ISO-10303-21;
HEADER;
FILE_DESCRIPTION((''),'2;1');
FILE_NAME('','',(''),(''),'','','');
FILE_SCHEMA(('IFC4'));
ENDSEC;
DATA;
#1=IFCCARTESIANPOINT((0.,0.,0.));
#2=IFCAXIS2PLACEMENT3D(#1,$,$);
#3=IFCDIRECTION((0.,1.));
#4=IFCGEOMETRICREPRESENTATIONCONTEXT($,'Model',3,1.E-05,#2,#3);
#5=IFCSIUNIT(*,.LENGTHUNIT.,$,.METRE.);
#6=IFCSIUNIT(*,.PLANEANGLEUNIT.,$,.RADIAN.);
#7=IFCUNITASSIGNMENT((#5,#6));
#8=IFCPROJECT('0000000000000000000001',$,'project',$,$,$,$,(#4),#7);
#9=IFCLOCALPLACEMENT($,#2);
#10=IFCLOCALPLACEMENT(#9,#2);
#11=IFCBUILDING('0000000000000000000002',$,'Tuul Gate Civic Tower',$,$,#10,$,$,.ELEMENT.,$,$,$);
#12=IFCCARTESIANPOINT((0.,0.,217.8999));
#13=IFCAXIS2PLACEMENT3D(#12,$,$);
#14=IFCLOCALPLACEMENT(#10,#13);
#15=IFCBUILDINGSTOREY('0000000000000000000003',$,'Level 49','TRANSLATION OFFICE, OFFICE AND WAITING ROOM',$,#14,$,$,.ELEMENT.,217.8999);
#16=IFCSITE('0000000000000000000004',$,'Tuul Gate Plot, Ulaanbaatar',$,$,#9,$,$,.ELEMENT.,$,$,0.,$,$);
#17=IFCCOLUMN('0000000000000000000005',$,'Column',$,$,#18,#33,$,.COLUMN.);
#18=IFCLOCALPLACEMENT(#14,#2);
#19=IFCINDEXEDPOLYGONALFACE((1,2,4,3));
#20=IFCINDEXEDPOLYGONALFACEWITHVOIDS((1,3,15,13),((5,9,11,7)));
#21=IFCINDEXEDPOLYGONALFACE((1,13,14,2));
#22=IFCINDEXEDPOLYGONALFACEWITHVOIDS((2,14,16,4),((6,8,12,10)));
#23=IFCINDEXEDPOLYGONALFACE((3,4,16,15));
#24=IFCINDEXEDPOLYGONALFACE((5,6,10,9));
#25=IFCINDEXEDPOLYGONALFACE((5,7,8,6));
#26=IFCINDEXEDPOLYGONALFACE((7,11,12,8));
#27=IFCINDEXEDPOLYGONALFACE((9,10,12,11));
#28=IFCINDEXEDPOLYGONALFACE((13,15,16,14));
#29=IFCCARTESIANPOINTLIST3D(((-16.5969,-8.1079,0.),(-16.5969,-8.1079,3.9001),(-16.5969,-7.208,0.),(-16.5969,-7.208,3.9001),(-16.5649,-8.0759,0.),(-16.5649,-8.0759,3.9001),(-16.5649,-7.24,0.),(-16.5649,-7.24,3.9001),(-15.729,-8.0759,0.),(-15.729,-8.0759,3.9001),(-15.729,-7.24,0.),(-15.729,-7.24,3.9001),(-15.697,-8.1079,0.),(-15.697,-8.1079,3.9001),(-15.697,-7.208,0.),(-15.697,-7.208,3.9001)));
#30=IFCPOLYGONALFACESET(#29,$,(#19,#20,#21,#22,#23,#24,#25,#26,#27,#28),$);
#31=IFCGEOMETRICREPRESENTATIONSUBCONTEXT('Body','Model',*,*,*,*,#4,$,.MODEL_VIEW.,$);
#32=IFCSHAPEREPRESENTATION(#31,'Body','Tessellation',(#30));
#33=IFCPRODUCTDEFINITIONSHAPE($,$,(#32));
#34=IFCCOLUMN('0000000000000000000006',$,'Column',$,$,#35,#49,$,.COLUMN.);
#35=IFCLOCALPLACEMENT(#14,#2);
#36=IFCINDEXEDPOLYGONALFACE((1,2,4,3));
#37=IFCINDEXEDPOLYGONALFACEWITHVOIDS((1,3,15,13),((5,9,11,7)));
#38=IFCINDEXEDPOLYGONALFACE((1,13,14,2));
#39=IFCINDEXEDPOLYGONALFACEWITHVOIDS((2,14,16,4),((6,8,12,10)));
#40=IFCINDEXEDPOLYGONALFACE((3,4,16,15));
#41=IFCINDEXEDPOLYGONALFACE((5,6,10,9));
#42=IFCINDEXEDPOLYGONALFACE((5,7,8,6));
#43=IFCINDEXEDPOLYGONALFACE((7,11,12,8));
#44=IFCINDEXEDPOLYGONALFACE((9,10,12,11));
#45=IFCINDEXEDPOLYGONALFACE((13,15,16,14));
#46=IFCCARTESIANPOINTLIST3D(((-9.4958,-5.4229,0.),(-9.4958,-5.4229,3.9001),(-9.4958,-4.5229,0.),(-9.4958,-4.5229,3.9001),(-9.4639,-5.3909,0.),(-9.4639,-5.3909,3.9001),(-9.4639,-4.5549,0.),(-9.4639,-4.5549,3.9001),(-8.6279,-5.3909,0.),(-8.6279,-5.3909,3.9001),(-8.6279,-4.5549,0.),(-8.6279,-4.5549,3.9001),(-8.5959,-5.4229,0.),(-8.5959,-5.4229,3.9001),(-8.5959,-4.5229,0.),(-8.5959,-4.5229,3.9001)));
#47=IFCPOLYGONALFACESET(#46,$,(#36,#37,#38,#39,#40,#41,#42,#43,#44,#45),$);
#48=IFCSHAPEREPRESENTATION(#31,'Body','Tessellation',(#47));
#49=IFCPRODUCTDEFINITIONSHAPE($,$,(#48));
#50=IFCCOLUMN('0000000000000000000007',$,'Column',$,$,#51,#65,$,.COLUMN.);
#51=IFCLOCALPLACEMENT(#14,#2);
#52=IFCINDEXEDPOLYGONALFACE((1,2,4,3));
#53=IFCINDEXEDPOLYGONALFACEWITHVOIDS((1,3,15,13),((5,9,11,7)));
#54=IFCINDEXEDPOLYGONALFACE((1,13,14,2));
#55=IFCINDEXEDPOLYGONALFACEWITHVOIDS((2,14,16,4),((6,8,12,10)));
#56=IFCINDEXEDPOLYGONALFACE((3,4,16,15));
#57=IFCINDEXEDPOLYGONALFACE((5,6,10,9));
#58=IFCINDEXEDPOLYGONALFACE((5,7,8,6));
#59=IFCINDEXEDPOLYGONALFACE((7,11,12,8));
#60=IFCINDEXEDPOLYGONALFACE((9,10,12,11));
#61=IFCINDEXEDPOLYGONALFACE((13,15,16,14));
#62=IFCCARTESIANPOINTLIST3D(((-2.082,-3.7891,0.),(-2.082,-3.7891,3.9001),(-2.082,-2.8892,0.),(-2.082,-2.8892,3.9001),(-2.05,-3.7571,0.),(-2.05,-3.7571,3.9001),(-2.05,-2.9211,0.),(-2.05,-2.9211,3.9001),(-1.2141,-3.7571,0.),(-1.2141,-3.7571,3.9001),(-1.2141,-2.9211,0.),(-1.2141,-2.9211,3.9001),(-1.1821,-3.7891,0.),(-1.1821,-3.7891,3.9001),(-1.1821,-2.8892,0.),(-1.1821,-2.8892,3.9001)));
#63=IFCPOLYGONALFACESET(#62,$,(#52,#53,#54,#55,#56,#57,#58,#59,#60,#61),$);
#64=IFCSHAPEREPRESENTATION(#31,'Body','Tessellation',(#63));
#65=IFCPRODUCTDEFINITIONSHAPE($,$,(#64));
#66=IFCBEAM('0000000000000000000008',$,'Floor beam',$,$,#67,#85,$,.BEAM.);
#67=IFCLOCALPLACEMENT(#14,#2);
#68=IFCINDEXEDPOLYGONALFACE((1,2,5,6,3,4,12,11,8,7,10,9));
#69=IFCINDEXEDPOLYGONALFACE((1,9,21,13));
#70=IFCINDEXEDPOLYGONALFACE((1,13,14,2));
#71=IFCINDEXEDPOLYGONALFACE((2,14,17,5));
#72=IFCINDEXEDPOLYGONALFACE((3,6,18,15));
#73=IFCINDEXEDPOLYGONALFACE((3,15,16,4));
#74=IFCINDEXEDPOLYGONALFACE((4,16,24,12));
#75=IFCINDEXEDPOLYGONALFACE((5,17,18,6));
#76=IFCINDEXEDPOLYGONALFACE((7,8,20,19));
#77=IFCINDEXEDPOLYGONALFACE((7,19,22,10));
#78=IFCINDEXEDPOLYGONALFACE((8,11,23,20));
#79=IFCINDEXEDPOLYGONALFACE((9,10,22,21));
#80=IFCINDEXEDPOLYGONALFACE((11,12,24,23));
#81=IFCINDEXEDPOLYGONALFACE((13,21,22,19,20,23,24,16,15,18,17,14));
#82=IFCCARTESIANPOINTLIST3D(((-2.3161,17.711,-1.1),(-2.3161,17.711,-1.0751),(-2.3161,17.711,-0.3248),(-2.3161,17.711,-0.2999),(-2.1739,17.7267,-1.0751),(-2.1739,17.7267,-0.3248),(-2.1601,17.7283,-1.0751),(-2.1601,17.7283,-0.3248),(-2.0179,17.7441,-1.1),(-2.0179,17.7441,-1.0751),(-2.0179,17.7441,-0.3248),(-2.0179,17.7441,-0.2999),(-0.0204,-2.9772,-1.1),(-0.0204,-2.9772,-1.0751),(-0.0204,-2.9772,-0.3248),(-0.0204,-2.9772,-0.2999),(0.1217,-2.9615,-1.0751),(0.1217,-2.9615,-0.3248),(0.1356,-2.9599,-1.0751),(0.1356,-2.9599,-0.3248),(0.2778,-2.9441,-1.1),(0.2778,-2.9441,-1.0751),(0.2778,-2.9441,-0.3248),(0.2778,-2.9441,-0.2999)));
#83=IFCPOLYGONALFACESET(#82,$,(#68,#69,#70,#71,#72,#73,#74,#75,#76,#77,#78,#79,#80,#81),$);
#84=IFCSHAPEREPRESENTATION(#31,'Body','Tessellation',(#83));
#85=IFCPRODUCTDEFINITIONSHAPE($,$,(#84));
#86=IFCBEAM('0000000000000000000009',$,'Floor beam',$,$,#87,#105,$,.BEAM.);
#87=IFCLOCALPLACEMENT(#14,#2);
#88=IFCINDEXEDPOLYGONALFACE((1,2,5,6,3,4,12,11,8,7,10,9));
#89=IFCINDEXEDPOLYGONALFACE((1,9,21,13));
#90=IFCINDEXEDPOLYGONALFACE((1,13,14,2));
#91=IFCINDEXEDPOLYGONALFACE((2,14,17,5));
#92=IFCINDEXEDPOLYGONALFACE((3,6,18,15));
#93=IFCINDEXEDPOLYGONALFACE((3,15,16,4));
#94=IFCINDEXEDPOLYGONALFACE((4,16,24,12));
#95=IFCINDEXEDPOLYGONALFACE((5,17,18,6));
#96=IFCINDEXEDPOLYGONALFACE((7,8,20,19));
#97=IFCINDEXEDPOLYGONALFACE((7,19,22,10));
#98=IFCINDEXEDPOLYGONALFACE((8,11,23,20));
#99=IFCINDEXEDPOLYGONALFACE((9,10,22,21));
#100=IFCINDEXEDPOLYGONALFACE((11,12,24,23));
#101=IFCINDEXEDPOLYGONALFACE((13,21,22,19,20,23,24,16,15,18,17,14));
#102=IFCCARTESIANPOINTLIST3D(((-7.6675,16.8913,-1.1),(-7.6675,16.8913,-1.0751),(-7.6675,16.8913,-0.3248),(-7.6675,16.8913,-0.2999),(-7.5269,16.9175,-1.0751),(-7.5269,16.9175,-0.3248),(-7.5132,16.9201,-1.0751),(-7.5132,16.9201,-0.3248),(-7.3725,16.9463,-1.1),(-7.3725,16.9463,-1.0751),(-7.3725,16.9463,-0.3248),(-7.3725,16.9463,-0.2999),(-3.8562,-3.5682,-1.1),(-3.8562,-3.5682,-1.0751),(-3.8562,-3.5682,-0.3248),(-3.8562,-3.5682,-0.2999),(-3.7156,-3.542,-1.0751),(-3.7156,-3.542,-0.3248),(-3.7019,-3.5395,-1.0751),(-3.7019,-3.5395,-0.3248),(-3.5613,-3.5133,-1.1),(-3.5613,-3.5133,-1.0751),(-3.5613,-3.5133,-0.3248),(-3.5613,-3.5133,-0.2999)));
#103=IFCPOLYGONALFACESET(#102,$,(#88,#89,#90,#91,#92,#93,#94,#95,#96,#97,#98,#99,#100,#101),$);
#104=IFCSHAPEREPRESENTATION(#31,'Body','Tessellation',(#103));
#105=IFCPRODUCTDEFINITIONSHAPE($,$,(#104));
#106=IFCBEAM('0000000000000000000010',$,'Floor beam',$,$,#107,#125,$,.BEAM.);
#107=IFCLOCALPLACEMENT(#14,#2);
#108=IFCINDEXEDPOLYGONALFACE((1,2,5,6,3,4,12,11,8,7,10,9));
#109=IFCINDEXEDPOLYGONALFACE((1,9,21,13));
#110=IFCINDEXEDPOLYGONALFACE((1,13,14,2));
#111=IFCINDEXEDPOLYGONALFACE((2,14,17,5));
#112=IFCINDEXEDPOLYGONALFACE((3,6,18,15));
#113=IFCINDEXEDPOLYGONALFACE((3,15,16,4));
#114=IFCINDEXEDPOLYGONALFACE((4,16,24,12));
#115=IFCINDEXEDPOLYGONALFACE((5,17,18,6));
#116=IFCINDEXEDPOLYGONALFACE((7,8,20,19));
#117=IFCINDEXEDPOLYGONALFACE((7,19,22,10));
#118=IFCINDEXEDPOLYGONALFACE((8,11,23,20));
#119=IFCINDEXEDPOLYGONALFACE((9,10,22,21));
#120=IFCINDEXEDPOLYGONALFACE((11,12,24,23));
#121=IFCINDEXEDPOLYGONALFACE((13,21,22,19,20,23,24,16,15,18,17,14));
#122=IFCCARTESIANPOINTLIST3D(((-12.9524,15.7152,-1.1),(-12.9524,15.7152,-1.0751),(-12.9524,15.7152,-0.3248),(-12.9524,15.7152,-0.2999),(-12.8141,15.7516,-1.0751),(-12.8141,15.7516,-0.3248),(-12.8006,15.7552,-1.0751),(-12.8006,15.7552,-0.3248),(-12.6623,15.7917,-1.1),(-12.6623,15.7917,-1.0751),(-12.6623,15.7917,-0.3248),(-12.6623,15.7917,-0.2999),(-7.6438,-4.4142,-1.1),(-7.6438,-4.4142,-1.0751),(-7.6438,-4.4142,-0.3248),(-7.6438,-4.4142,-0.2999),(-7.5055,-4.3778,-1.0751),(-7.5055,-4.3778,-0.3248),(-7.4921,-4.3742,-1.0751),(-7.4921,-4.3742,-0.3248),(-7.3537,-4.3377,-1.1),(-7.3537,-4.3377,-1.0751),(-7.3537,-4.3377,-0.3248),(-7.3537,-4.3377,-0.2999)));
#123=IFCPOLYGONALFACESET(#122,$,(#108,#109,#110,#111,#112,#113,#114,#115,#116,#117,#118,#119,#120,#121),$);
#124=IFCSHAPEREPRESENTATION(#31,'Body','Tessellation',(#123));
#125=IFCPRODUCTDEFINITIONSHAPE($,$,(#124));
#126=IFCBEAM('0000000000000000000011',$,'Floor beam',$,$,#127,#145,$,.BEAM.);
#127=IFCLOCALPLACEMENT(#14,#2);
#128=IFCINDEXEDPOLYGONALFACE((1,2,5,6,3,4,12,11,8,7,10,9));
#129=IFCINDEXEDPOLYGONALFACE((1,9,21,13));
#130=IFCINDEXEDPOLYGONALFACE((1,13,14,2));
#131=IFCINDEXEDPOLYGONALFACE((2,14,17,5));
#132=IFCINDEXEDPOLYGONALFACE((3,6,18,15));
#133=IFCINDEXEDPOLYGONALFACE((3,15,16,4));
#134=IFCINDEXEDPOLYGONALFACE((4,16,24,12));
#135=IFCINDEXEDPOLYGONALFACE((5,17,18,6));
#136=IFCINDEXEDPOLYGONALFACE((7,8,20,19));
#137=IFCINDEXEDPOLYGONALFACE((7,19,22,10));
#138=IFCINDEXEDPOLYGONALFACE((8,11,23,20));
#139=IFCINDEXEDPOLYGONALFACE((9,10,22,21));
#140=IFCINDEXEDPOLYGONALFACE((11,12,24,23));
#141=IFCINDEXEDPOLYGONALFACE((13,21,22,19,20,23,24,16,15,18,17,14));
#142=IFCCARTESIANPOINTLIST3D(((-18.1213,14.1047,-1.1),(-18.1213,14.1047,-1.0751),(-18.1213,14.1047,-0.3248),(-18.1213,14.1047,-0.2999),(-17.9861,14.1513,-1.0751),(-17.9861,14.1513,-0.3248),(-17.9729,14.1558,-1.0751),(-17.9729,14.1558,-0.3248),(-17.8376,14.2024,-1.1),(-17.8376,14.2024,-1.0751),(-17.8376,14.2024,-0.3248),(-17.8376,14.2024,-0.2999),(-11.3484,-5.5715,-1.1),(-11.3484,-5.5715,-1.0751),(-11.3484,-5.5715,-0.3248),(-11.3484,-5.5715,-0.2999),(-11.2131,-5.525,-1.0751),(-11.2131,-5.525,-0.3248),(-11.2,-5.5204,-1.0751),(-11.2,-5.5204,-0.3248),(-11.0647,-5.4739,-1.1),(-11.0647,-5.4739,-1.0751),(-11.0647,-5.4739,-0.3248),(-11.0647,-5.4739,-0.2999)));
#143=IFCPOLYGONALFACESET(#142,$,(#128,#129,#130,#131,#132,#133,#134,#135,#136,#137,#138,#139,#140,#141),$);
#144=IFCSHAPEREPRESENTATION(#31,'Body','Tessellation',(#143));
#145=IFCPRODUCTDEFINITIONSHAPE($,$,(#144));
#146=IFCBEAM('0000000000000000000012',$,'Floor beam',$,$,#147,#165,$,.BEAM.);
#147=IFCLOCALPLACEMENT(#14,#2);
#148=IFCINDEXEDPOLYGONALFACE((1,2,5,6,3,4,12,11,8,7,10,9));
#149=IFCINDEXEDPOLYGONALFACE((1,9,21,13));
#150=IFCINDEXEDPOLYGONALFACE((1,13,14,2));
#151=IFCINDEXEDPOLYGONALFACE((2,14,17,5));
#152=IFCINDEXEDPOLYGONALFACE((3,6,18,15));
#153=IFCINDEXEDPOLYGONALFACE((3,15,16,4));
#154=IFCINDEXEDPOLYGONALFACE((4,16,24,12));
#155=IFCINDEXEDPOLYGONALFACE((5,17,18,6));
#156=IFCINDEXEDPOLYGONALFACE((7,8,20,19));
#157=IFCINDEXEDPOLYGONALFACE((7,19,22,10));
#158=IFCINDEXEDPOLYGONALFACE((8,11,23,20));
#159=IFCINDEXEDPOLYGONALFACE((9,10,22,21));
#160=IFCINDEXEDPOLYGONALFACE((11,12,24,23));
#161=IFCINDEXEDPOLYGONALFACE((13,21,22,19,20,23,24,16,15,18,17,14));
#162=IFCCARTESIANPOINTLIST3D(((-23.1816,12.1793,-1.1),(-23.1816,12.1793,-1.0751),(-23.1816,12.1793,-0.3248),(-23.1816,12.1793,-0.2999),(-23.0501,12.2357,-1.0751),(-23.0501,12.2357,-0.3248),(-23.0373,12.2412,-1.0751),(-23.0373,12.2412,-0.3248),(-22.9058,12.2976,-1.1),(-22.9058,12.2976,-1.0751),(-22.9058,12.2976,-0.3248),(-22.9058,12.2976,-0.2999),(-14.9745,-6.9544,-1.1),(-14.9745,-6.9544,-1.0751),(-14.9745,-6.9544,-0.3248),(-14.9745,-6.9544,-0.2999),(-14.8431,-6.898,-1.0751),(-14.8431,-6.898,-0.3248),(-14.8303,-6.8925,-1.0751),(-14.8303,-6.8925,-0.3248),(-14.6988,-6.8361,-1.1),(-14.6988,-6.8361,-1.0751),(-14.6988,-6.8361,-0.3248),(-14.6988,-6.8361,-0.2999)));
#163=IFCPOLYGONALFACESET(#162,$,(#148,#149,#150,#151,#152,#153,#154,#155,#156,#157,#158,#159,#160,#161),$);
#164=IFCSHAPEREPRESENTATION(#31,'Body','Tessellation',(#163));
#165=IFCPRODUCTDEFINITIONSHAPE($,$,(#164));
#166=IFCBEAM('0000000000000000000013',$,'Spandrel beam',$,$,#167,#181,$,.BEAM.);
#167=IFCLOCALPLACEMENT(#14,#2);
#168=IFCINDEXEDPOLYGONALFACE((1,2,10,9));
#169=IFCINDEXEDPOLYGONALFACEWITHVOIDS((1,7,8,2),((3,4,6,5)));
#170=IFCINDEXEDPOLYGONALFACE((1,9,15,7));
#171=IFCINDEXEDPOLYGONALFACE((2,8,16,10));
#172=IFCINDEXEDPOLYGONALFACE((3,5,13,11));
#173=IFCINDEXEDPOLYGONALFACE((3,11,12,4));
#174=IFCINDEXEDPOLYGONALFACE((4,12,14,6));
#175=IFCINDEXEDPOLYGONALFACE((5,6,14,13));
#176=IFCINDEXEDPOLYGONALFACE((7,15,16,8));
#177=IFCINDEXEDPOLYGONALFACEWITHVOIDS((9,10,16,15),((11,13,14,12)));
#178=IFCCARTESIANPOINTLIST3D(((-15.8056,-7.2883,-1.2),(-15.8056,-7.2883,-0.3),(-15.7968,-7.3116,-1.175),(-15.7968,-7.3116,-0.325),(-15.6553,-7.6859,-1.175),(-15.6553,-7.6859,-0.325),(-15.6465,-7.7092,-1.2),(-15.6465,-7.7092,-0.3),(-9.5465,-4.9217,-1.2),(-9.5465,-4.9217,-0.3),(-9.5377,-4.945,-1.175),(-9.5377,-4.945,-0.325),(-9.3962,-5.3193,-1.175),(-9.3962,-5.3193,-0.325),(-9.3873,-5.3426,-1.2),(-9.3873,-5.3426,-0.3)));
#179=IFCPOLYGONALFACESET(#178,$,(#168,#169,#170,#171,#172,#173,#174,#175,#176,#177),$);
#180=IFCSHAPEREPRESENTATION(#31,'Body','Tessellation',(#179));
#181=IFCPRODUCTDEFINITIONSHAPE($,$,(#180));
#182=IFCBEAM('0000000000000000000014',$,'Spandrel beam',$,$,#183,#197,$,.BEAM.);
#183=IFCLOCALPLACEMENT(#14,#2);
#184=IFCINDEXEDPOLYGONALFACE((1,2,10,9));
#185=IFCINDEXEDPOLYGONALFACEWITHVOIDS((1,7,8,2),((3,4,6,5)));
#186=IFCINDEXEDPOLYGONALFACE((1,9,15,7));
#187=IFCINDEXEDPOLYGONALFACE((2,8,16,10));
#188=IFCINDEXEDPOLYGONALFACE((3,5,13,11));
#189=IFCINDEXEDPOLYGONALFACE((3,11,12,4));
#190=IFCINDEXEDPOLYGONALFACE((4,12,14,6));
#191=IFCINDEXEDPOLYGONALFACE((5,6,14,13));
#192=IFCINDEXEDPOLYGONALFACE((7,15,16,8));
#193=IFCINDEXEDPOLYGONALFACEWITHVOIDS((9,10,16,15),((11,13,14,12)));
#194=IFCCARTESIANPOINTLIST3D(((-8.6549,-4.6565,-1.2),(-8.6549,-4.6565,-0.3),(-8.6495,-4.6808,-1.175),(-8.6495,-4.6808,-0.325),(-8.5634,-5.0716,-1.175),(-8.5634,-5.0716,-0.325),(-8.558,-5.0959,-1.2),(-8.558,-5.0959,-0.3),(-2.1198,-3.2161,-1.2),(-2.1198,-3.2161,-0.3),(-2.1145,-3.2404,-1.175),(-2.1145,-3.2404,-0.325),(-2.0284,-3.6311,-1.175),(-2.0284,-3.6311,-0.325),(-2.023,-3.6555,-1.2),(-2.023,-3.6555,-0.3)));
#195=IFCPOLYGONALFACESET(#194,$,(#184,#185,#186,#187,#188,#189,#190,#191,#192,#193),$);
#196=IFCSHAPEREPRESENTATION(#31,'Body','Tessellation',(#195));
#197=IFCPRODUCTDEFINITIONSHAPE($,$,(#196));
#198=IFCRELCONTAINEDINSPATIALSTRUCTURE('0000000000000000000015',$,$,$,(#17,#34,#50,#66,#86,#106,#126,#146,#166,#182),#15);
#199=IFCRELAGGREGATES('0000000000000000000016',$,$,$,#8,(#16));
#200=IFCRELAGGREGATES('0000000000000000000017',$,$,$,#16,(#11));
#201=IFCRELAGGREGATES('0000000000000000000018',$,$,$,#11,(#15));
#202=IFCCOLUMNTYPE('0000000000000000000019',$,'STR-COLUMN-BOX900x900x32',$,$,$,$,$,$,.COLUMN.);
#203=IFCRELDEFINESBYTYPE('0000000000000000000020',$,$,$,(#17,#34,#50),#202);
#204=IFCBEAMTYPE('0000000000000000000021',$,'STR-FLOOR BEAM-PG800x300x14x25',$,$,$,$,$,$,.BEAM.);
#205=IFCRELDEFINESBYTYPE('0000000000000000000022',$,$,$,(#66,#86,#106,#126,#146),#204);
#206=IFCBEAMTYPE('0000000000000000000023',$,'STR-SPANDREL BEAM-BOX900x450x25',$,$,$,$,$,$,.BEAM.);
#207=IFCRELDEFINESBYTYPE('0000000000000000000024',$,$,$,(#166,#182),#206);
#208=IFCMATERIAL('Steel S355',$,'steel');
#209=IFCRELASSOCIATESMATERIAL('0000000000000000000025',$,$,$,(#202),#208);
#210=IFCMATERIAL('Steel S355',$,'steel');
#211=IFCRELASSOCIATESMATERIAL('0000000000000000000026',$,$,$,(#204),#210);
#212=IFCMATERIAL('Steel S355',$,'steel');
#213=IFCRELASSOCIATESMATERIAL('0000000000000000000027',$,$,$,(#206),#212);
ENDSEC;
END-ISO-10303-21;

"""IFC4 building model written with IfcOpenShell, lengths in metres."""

from ifc_helpers import new_model, si_unit, direction, frame, origin, origin_2d, place, context, subcontext, project, spatial, hollow_rectangle, i_section, extrude, material, material_profile, profile_set, type_object, element, save


model = new_model("IFC4")

# Units and contexts
model_context = context("Model", 3, precision=1e-05, world=origin(), true_north=direction((0.0, 1.0)))
body_context = subcontext(model_context, "Body", "Model", "MODEL_VIEW")
ifc_project = project(units=[si_unit("LENGTHUNIT", "METRE"), si_unit("PLANEANGLEUNIT", "RADIAN")], contexts=[model_context])

# Site, building, storey
site_placement = place(None, origin())
site = spatial("IfcSite", under=ifc_project, at=site_placement, Name="Tuul Gate Plot, Ulaanbaatar", CompositionType="ELEMENT", RefElevation=0.0)
building_placement = place(site_placement, origin())
building = spatial("IfcBuilding", under=site, at=building_placement, Name="Tuul Gate Civic Tower", CompositionType="ELEMENT")
storey_placement = place(building_placement, frame((0.0, 0.0, 217.8999)))
storey = spatial("IfcBuildingStorey", under=building, at=storey_placement, Name="Level 49", Description="TRANSLATION OFFICE, OFFICE AND WAITING ROOM", CompositionType="ELEMENT", Elevation=217.8999)

# Columns
ifc_material_1 = material(Name="Steel S355", Category="steel")
ifc_material_profile_1 = material_profile(ifc_material_1, hollow_rectangle(XDim=0.8999, YDim=0.8999, WallThickness=0.032, at=origin_2d()), Name="BOX900x900x32")
ifc_profile_set_1 = profile_set([ifc_material_profile_1], Name="Steel S355")
column_type = type_object("IfcColumnType", Name="STR-COLUMN-BOX900x900x32", PredefinedType="COLUMN", material=ifc_profile_set_1)
for number, where, z_axis, x_axis, name in (
    (1, (-16.147, -7.658, 0.0), (0.0, 0.0, 1.0), (1.0, 0.0, 0.0), "Column"),
    (2, (-9.0459, -4.9729, 0.0), (0.0, 0.0, 1.0), (1.0, 0.0, 0.0), "Column"),
    (3, (-1.6321, -3.3391, 0.0), (0.0, 0.0, 1.0), (1.0, 0.0, 0.0), "Column"),
):
    element("IfcColumn", number, at=place(storey_placement, frame(where, z_axis=z_axis, x_axis=x_axis)), inside=storey, type_object=column_type, Name=name, PredefinedType="COLUMN", context=body_context, shape_type="SweptSolid", body=[
        extrude(hollow_rectangle(XDim=0.8999, YDim=0.8999, WallThickness=0.032, at=origin_2d()), origin(), (0.0, 0.0, 1.0), 3.9001),
    ])

# Beams
ifc_material_2 = material(Name="Steel S355", Category="steel")
ifc_material_profile_2 = material_profile(ifc_material_2, i_section(OverallWidth=0.3, OverallDepth=0.8, WebThickness=0.0139, FlangeThickness=0.0249, at=origin_2d()), Name="PG800x300x14x25")
ifc_profile_set_2 = profile_set([ifc_material_profile_2], Name="Steel S355")
beam_type_1 = type_object("IfcBeamType", Name="STR-FLOOR BEAM-PG800x300x14x25", PredefinedType="BEAM", material=ifc_profile_set_2)
beam_1_placement = place(storey_placement, frame((0.1287, -2.9607, -0.7), z_axis=(-0.110287, 0.9939, 0.0), x_axis=(-0.9939, -0.110287, 0.0)))
element("IfcBeam", 4, at=beam_1_placement, inside=storey, type_object=beam_type_1, Name="Floor beam", PredefinedType="BEAM", context=body_context, shape_type="SweptSolid", body=[
    extrude(i_section(OverallWidth=0.3, OverallDepth=0.8, WebThickness=0.0139, FlangeThickness=0.0249, at=origin_2d()), origin(), (0.0, 0.0, 1.0), 20.8152),
])
beam_2_placement = place(storey_placement, frame((-3.7087, -3.5408, -0.7), z_axis=(-0.183134, 0.983088, 0.0), x_axis=(-0.983088, -0.183134, 0.0)))
element("IfcBeam", 5, at=beam_2_placement, inside=storey, type_object=beam_type_1, Name="Floor beam", PredefinedType="BEAM", context=body_context, shape_type="SweptSolid", body=[
    extrude(i_section(OverallWidth=0.3, OverallDepth=0.8, WebThickness=0.0139, FlangeThickness=0.0249, at=origin_2d()), origin(), (0.0, 0.0, 1.0), 20.8115),
])
beam_3_placement = place(storey_placement, frame((-7.4988, -4.376, -0.7), z_axis=(-0.255005, 0.96694, 0.0), x_axis=(-0.96694, -0.255005, 0.0)))
element("IfcBeam", 6, at=beam_3_placement, inside=storey, type_object=beam_type_1, Name="Floor beam", PredefinedType="BEAM", context=body_context, shape_type="SweptSolid", body=[
    extrude(i_section(OverallWidth=0.3, OverallDepth=0.8, WebThickness=0.0139, FlangeThickness=0.0249, at=origin_2d()), origin(), (0.0, 0.0, 1.0), 20.8176),
])
beam_4_placement = place(storey_placement, frame((-11.2065, -5.5227, -0.7), z_axis=(-0.325476, 0.94555, 0.0), x_axis=(-0.94555, -0.325476, 0.0)))
element("IfcBeam", 7, at=beam_4_placement, inside=storey, type_object=beam_type_1, Name="Floor beam", PredefinedType="BEAM", context=body_context, shape_type="SweptSolid", body=[
    extrude(i_section(OverallWidth=0.3, OverallDepth=0.8, WebThickness=0.0139, FlangeThickness=0.0249, at=origin_2d()), origin(), (0.0, 0.0, 1.0), 20.8093),
])
beam_5_placement = place(storey_placement, frame((-14.8367, -6.8953, -0.7), z_axis=(-0.394197, 0.919026, 0.0), x_axis=(-0.919026, -0.394197, 0.0)))
element("IfcBeam", 8, at=beam_5_placement, inside=storey, type_object=beam_type_1, Name="Floor beam", PredefinedType="BEAM", context=body_context, shape_type="SweptSolid", body=[
    extrude(i_section(OverallWidth=0.3, OverallDepth=0.8, WebThickness=0.0139, FlangeThickness=0.0249, at=origin_2d()), origin(), (0.0, 0.0, 1.0), 20.8196),
])
ifc_material_3 = material(Name="Steel S355", Category="steel")
ifc_material_profile_3 = material_profile(ifc_material_3, hollow_rectangle(XDim=0.45, YDim=0.8999, WallThickness=0.0249, at=origin_2d()), Name="BOX900x450x25")
ifc_profile_set_3 = profile_set([ifc_material_profile_3], Name="Steel S355")
beam_type_2 = type_object("IfcBeamType", Name="STR-SPANDREL BEAM-BOX900x450x25", PredefinedType="BEAM", material=ifc_profile_set_3)
beam_6_placement = place(storey_placement, frame((-15.7261, -7.4988, -0.75), z_axis=(0.935369, 0.353673, 0.0), x_axis=(-0.353673, 0.935369, 0.0)))
element("IfcBeam", 9, at=beam_6_placement, inside=storey, type_object=beam_type_2, Name="Spandrel beam", PredefinedType="BEAM", context=body_context, shape_type="SweptSolid", body=[
    extrude(hollow_rectangle(XDim=0.45, YDim=0.8999, WallThickness=0.0249, at=origin_2d()), origin(), (0.0, 0.0, 1.0), 6.6917),
])
for number, where, z_axis, x_axis, name in (
    (10, (-8.6064, -4.8762, -0.75), (0.976558, 0.215254, 0.0), (-0.215254, 0.976558, 0.0), "Spandrel beam"),
):
    element("IfcBeam", number, at=place(storey_placement, frame(where, z_axis=z_axis, x_axis=x_axis)), inside=storey, type_object=beam_type_2, Name=name, PredefinedType="BEAM", context=body_context, shape_type="SweptSolid", body=[
        extrude(hollow_rectangle(XDim=0.45, YDim=0.8999, WallThickness=0.0249, at=origin_2d()), origin(), (0.0, 0.0, 1.0), 6.6919),
    ])

save(model, "model.ifc")
